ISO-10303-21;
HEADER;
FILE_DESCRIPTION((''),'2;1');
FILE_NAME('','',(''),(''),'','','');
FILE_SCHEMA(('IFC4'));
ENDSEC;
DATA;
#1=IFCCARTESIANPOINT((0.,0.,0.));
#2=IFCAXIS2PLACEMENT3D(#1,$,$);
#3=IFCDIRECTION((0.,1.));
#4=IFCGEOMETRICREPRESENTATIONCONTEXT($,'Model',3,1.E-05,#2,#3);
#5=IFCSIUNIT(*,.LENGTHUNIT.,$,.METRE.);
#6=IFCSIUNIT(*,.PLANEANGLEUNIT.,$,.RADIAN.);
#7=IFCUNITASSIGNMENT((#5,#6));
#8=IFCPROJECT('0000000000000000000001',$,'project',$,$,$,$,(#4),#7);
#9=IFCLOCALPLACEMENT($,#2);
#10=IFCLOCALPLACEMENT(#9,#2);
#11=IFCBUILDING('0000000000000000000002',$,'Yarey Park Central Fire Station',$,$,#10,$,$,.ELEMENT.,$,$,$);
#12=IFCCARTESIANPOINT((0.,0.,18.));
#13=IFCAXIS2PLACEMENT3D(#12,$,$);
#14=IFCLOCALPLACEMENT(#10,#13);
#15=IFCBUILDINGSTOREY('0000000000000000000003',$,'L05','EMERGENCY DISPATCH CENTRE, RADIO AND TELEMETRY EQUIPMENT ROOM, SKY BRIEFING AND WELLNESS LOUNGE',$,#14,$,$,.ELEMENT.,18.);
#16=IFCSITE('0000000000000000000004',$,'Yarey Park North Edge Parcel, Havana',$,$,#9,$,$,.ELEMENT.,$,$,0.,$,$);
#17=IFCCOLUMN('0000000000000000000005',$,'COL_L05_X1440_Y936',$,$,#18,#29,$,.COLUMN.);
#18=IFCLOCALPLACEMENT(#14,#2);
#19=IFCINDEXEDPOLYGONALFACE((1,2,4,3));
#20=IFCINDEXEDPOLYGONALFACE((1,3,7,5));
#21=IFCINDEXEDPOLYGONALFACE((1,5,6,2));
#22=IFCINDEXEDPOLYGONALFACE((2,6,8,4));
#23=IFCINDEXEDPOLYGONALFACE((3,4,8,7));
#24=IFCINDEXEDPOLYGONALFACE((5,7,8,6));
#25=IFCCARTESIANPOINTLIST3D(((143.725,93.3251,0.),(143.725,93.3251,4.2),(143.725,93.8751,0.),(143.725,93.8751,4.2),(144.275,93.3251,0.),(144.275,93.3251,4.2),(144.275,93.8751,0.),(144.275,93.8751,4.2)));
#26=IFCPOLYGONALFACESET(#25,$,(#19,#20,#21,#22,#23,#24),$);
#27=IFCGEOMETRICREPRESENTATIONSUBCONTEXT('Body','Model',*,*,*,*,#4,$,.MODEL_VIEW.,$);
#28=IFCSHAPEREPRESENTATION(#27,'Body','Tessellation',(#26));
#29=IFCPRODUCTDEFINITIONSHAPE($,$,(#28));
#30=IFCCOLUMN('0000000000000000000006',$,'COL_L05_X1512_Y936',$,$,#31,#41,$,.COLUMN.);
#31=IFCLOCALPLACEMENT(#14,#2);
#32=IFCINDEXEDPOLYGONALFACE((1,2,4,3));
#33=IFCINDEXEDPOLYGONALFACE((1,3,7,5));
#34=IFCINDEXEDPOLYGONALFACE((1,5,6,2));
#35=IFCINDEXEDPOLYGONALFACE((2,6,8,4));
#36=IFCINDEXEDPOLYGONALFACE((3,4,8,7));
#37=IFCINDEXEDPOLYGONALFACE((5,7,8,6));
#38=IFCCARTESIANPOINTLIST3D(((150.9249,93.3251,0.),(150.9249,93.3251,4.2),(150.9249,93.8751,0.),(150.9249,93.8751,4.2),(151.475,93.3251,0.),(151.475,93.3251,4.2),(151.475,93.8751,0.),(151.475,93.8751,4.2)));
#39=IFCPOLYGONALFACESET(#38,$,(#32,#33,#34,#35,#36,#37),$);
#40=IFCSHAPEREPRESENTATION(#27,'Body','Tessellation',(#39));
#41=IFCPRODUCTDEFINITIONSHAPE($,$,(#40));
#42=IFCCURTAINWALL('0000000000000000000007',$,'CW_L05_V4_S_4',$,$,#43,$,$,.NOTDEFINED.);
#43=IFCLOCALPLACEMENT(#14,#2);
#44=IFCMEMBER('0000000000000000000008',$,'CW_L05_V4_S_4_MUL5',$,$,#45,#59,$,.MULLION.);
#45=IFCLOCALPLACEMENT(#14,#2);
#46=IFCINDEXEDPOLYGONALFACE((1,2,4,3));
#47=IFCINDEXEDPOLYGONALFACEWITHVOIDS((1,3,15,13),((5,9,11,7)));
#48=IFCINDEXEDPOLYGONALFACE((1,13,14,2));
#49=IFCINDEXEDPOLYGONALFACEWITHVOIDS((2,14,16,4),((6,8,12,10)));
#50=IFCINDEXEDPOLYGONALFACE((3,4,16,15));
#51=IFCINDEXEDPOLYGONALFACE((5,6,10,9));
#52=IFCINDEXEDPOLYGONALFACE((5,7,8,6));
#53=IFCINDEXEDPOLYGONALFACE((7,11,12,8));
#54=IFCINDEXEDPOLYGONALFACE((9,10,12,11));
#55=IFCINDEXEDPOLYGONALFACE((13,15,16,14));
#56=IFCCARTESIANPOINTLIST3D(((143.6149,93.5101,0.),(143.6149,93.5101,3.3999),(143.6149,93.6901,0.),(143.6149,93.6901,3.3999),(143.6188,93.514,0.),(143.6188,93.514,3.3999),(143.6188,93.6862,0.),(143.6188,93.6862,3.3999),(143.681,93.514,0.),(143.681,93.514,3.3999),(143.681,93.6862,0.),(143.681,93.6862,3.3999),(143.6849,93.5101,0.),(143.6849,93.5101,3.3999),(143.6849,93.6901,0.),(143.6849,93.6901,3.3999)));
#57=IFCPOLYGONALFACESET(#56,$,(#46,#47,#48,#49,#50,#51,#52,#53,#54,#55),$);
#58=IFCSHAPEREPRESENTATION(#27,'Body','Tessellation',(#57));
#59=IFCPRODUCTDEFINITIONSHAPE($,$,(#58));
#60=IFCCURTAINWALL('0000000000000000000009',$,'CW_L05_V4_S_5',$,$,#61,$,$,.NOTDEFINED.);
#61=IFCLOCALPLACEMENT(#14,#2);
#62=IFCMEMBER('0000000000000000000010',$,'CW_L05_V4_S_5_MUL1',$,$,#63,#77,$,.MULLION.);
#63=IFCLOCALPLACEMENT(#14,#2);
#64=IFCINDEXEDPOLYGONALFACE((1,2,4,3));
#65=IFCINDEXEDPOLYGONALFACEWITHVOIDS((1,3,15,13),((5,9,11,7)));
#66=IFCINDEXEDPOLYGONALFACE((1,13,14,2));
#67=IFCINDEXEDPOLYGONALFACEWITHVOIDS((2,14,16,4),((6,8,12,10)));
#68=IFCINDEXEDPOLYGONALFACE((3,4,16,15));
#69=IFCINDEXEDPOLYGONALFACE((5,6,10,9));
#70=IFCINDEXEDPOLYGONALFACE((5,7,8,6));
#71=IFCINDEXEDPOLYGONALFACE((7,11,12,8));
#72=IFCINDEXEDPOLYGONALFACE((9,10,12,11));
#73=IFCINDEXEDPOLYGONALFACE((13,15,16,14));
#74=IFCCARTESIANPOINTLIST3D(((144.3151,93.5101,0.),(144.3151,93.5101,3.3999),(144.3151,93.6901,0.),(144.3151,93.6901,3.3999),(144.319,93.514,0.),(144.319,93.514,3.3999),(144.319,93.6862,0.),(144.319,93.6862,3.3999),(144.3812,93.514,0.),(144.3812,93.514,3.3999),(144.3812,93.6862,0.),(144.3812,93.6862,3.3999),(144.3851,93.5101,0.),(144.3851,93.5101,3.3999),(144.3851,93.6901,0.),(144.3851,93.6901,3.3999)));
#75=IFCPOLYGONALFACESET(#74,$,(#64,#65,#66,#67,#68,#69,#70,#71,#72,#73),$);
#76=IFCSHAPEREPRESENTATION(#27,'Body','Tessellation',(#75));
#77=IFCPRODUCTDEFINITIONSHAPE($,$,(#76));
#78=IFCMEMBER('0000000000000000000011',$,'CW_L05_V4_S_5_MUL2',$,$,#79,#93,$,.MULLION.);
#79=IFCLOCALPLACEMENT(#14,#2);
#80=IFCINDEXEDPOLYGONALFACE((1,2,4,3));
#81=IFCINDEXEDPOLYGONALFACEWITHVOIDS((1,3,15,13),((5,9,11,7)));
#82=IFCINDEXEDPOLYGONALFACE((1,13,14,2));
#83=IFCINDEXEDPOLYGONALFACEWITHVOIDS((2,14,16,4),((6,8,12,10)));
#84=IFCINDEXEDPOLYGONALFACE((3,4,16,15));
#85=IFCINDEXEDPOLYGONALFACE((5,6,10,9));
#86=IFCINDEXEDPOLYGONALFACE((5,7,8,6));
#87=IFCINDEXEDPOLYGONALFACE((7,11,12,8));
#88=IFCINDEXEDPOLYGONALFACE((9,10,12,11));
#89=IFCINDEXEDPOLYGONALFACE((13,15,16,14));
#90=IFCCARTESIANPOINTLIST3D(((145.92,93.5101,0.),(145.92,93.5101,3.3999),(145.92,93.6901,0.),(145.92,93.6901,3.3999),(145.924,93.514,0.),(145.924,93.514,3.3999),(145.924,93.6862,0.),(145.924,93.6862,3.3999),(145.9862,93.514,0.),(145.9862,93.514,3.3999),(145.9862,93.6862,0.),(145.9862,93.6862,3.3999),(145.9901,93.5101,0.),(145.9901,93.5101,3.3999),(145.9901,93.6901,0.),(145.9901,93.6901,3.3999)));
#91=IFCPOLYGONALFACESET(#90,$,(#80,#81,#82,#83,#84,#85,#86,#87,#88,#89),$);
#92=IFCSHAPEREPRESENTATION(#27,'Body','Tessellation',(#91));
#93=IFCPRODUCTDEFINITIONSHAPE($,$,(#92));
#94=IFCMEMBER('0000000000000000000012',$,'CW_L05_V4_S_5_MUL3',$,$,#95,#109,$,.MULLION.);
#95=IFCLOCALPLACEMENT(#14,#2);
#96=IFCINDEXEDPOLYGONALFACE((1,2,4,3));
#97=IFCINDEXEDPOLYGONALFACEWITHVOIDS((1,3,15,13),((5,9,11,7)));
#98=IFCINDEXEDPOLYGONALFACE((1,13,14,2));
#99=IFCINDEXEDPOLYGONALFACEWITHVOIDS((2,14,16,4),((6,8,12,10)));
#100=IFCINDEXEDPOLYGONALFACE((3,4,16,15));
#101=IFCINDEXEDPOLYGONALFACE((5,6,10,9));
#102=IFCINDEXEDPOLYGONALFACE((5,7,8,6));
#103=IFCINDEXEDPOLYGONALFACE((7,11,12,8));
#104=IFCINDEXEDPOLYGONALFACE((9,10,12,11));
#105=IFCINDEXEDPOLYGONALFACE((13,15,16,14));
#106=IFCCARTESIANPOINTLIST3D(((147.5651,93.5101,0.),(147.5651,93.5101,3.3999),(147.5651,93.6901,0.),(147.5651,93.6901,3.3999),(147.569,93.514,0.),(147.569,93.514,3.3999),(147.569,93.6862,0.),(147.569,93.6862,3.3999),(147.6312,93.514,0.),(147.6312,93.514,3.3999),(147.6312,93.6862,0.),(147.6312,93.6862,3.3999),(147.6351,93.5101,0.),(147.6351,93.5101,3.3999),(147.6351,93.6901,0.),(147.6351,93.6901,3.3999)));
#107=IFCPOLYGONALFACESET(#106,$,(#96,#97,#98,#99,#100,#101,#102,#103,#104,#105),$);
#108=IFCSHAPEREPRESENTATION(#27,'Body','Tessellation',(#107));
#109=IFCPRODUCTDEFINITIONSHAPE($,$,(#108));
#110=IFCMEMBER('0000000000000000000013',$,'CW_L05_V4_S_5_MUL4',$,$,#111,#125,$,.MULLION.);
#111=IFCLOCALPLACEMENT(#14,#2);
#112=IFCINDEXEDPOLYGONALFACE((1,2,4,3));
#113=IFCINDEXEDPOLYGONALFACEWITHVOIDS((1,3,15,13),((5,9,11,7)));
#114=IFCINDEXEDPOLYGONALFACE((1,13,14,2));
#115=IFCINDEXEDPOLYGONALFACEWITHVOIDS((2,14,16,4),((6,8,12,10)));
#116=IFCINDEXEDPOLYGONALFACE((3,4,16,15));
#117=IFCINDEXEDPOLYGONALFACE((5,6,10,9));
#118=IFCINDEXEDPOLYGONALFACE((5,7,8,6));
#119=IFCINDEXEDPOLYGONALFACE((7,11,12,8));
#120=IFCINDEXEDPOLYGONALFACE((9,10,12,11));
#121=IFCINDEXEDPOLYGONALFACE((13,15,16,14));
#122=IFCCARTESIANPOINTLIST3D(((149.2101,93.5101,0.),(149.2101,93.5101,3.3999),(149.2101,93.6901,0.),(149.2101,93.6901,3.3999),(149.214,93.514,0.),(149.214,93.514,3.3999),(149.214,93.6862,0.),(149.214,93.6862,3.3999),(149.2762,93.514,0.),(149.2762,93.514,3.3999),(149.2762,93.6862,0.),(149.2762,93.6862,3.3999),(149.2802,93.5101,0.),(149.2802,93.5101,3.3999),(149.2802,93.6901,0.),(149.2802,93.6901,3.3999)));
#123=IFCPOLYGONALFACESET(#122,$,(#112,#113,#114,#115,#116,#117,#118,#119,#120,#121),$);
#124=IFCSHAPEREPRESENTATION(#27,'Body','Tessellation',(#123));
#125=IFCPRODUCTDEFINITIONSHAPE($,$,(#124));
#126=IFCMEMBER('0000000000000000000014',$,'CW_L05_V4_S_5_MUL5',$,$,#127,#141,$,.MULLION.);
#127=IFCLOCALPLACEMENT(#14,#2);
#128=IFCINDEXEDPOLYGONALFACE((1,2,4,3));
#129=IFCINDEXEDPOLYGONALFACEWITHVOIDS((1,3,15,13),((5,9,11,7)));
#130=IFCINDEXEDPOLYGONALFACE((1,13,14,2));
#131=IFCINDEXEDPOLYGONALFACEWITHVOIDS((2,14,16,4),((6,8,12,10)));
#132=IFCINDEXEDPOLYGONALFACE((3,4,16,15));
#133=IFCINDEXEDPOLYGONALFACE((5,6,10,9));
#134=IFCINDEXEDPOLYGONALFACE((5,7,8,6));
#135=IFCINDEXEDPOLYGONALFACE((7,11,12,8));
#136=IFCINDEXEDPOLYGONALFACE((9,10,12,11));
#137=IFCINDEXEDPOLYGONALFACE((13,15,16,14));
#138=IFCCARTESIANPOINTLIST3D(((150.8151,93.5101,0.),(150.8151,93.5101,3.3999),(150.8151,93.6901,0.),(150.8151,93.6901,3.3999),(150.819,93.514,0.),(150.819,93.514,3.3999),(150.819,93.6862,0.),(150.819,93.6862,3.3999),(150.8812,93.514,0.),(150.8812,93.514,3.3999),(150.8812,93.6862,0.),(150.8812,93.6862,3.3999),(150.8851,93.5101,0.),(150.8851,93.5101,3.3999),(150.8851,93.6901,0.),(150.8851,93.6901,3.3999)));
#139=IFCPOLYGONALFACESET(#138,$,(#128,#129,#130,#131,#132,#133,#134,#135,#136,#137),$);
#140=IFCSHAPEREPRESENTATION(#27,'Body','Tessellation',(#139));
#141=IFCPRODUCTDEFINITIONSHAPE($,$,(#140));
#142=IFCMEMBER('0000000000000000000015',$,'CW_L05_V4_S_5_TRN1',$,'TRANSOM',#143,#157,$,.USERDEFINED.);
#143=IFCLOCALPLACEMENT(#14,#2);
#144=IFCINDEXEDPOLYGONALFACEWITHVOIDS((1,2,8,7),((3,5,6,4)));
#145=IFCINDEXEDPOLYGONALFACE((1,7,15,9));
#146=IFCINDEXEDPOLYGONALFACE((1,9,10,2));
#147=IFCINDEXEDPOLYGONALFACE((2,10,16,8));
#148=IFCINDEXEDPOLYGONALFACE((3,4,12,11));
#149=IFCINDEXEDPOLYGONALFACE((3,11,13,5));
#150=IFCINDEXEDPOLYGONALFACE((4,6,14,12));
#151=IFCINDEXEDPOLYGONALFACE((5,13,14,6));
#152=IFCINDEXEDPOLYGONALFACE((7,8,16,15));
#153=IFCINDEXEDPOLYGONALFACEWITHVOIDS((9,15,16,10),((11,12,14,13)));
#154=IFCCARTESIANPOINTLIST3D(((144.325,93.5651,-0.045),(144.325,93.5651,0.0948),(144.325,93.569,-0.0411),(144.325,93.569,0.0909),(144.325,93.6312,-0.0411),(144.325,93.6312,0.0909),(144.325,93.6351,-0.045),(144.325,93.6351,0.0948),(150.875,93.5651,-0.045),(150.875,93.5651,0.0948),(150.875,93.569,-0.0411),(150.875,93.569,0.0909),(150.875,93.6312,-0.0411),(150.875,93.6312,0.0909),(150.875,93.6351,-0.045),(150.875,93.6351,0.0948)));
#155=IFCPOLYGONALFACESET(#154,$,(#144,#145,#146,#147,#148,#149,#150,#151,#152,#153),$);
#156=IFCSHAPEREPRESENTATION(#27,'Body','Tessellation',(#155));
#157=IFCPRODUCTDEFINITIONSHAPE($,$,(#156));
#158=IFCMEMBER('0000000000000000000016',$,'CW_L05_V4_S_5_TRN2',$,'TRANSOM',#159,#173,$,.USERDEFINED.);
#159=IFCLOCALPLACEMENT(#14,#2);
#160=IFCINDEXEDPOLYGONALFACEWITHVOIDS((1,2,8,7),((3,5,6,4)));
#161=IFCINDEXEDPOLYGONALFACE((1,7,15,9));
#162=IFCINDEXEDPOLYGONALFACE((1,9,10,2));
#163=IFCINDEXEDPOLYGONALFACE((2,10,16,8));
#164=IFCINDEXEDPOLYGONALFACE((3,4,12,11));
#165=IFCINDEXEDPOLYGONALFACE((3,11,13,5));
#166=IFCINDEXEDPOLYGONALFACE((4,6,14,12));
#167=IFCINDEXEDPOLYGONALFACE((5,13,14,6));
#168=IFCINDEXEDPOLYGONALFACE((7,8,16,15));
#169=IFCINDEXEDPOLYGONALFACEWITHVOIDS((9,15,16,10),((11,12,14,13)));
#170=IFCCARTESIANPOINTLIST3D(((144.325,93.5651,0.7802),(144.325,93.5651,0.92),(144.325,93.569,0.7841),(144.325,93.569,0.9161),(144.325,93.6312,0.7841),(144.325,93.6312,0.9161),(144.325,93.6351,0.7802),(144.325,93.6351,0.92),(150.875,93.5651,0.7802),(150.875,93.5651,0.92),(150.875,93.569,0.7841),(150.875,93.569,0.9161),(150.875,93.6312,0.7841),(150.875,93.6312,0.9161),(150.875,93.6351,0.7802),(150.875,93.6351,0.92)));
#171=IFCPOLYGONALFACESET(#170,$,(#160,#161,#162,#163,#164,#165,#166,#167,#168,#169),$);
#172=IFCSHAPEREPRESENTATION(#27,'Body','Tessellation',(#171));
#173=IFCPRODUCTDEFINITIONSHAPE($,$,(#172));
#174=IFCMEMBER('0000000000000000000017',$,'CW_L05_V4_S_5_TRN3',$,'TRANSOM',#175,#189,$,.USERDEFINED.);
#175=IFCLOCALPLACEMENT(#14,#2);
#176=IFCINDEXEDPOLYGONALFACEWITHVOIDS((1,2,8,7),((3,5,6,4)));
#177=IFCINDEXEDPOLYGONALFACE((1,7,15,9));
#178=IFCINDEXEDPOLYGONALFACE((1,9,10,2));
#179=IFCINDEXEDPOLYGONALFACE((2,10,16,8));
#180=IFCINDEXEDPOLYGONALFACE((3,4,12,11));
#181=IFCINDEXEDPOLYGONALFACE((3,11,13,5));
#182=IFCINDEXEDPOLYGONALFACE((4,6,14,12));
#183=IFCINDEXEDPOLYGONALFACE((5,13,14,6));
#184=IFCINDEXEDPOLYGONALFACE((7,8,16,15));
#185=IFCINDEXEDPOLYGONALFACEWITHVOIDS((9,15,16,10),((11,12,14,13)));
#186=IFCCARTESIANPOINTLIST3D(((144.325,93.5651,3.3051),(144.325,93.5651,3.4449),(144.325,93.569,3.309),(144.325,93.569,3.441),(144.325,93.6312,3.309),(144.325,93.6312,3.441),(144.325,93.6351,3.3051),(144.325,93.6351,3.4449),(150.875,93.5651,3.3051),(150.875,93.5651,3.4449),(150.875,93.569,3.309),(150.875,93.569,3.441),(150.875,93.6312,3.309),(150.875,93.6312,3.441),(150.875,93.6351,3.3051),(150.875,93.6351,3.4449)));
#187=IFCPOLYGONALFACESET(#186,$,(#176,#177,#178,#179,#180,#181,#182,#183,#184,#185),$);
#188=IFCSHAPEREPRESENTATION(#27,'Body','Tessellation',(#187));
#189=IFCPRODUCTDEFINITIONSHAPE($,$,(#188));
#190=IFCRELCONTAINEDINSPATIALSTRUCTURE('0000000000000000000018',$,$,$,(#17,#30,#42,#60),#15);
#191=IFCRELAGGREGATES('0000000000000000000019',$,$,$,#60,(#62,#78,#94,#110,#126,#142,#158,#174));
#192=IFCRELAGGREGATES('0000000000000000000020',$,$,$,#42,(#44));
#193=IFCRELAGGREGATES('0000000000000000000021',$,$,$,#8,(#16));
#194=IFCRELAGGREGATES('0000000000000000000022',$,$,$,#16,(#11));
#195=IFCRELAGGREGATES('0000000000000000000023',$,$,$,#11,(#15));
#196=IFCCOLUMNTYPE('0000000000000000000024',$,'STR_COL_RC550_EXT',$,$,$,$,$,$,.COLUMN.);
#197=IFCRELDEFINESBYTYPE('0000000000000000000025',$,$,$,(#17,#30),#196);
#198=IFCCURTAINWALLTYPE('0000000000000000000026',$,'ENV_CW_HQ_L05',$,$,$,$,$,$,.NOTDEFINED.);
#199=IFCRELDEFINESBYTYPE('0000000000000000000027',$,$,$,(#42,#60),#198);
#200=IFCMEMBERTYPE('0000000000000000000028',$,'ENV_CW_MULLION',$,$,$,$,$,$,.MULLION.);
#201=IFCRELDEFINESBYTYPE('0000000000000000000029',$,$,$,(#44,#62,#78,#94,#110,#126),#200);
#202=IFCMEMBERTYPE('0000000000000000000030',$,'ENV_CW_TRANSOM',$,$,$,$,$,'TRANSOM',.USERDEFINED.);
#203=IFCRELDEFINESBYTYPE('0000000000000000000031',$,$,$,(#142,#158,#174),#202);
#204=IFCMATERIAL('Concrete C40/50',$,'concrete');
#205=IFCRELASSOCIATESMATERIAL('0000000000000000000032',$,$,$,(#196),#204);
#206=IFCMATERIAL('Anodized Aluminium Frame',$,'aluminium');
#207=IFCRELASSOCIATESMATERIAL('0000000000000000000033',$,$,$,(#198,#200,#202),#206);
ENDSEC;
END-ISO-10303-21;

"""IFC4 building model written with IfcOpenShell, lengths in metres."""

from ifc_helpers import new_model, si_unit, direction, frame, origin, origin_2d, place, context, subcontext, project, spatial, rectangle, hollow_rectangle, extrude, material, material_profile, profile_set, type_object, element, aggregate, save


model = new_model("IFC4")

# Units and contexts
model_context = context("Model", 3, precision=1e-05, world=origin(), true_north=direction((0.0, 1.0)))
body_context = subcontext(model_context, "Body", "Model", "MODEL_VIEW")
ifc_project = project(units=[si_unit("LENGTHUNIT", "METRE"), si_unit("PLANEANGLEUNIT", "RADIAN")], contexts=[model_context])

# Site, building, storey
site_placement = place(None, origin())
site = spatial("IfcSite", under=ifc_project, at=site_placement, Name="Yarey Park North Edge Parcel, Havana", CompositionType="ELEMENT", RefElevation=0.0)
building_placement = place(site_placement, origin())
building = spatial("IfcBuilding", under=site, at=building_placement, Name="Yarey Park Central Fire Station", CompositionType="ELEMENT")
storey_placement = place(building_placement, frame((0.0, 0.0, 18.0)))
storey = spatial("IfcBuildingStorey", under=building, at=storey_placement, Name="L05", Description="EMERGENCY DISPATCH CENTRE, RADIO AND TELEMETRY EQUIPMENT ROOM, SKY BRIEFING AND WELLNESS LOUNGE", CompositionType="ELEMENT", Elevation=18.0)

# Columns
ifc_material_1 = material(Name="Concrete C40/50", Category="concrete")
ifc_material_profile_1 = material_profile(ifc_material_1, rectangle(XDim=0.55, YDim=0.55, at=origin_2d()), Name="RC 550x550")
ifc_profile_set_1 = profile_set([ifc_material_profile_1], Name="Concrete C40/50")
column_type = type_object("IfcColumnType", Name="STR_COL_RC550_EXT", PredefinedType="COLUMN", material=ifc_profile_set_1)
for number, where, z_axis, x_axis, name in (
    (1, (144.0, 93.6001, 0.0), (0.0, 0.0, 1.0), (1.0, 0.0, 0.0), "COL_L05_X1440_Y936"),
    (2, (151.2, 93.6001, 0.0), (0.0, 0.0, 1.0), (1.0, 0.0, 0.0), "COL_L05_X1512_Y936"),
):
    element("IfcColumn", number, at=place(storey_placement, frame(where, z_axis=z_axis, x_axis=x_axis)), inside=storey, type_object=column_type, Name=name, PredefinedType="COLUMN", context=body_context, shape_type="SweptSolid", body=[
        extrude(rectangle(XDim=0.55, YDim=0.55, at=origin_2d()), origin(), (0.0, 0.0, 1.0), 4.2),
    ])

# Curtain wall, member
ifc_material_2 = material(Name="Anodized Aluminium Frame", Category="aluminium")
curtain_wall_type = type_object("IfcCurtainWallType", Name="ENV_CW_HQ_L05", PredefinedType="NOTDEFINED", material=ifc_material_2)
curtain_wall_1_placement = place(storey_placement, origin())
curtain_wall_1 = element("IfcCurtainWall", 3, at=curtain_wall_1_placement, inside=storey, type_object=curtain_wall_type, Name="CW_L05_V4_S_4", PredefinedType="NOTDEFINED")
ifc_material_profile_2 = material_profile(ifc_material_2, hollow_rectangle(XDim=0.0701, YDim=0.1799, WallThickness=0.0039, at=origin_2d()), Name="ALU 180x70x4")
ifc_profile_set_2 = profile_set([ifc_material_profile_2], Name="Anodized Aluminium Frame")
member_type_1 = type_object("IfcMemberType", Name="ENV_CW_MULLION", PredefinedType="MULLION", material=ifc_profile_set_2)
member_1_placement = place(storey_placement, frame((143.6499, 93.6001, 0.0), z_axis=(0.0, 0.0, 1.0), x_axis=(1.0, 0.0, 0.0)))
member_1 = element("IfcMember", 4, at=member_1_placement, type_object=member_type_1, Name="CW_L05_V4_S_4_MUL5", PredefinedType="MULLION", context=body_context, shape_type="SweptSolid", body=[
    extrude(hollow_rectangle(XDim=0.0701, YDim=0.1799, WallThickness=0.0039, at=origin_2d()), origin(), (0.0, 0.0, 1.0), 3.3999),
])

# Curtain wall, members
curtain_wall_2_placement = place(storey_placement, origin())
curtain_wall_2 = element("IfcCurtainWall", 5, at=curtain_wall_2_placement, inside=storey, type_object=curtain_wall_type, Name="CW_L05_V4_S_5", PredefinedType="NOTDEFINED")
member_2_placement = place(storey_placement, frame((144.3501, 93.6001, 0.0), z_axis=(0.0, 0.0, 1.0), x_axis=(1.0, 0.0, 0.0)))
member_2 = element("IfcMember", 6, at=member_2_placement, type_object=member_type_1, Name="CW_L05_V4_S_5_MUL1", PredefinedType="MULLION", context=body_context, shape_type="SweptSolid", body=[
    extrude(hollow_rectangle(XDim=0.0701, YDim=0.1799, WallThickness=0.0039, at=origin_2d()), origin(), (0.0, 0.0, 1.0), 3.3999),
])
member_3_placement = place(storey_placement, frame((145.9551, 93.6001, 0.0), z_axis=(0.0, 0.0, 1.0), x_axis=(1.0, 0.0, 0.0)))
member_3 = element("IfcMember", 7, at=member_3_placement, type_object=member_type_1, Name="CW_L05_V4_S_5_MUL2", PredefinedType="MULLION", context=body_context, shape_type="SweptSolid", body=[
    extrude(hollow_rectangle(XDim=0.0701, YDim=0.1799, WallThickness=0.0039, at=origin_2d()), origin(), (0.0, 0.0, 1.0), 3.3999),
])
member_4_placement = place(storey_placement, frame((147.6001, 93.6001, 0.0), z_axis=(0.0, 0.0, 1.0), x_axis=(1.0, 0.0, 0.0)))
member_4 = element("IfcMember", 8, at=member_4_placement, type_object=member_type_1, Name="CW_L05_V4_S_5_MUL3", PredefinedType="MULLION", context=body_context, shape_type="SweptSolid", body=[
    extrude(hollow_rectangle(XDim=0.0701, YDim=0.1799, WallThickness=0.0039, at=origin_2d()), origin(), (0.0, 0.0, 1.0), 3.3999),
])
member_5_placement = place(storey_placement, frame((149.2451, 93.6001, 0.0), z_axis=(0.0, 0.0, 1.0), x_axis=(1.0, 0.0, 0.0)))
member_5 = element("IfcMember", 9, at=member_5_placement, type_object=member_type_1, Name="CW_L05_V4_S_5_MUL4", PredefinedType="MULLION", context=body_context, shape_type="SweptSolid", body=[
    extrude(hollow_rectangle(XDim=0.0701, YDim=0.1799, WallThickness=0.0039, at=origin_2d()), origin(), (0.0, 0.0, 1.0), 3.3999),
])
member_6_placement = place(storey_placement, frame((150.8501, 93.6001, 0.0), z_axis=(0.0, 0.0, 1.0), x_axis=(1.0, 0.0, 0.0)))
member_6 = element("IfcMember", 10, at=member_6_placement, type_object=member_type_1, Name="CW_L05_V4_S_5_MUL5", PredefinedType="MULLION", context=body_context, shape_type="SweptSolid", body=[
    extrude(hollow_rectangle(XDim=0.0701, YDim=0.1799, WallThickness=0.0039, at=origin_2d()), origin(), (0.0, 0.0, 1.0), 3.3999),
])
ifc_material_profile_3 = material_profile(ifc_material_2, hollow_rectangle(XDim=0.0701, YDim=0.1399, WallThickness=0.0039, at=origin_2d()), Name="ALU 140x70x4")
ifc_profile_set_3 = profile_set([ifc_material_profile_3], Name="Anodized Aluminium Frame")
member_type_2 = type_object("IfcMemberType", Name="ENV_CW_TRANSOM", ElementType="TRANSOM", PredefinedType="USERDEFINED", material=ifc_profile_set_3)
member_7_placement = place(storey_placement, frame((144.325, 93.6001, 0.0249), z_axis=(1.0, 0.0, 0.0), x_axis=(0.0, 1.0, 0.0)))
member_7 = element("IfcMember", 11, at=member_7_placement, type_object=member_type_2, Name="CW_L05_V4_S_5_TRN1", ObjectType="TRANSOM", PredefinedType="USERDEFINED", context=body_context, shape_type="SweptSolid", body=[
    extrude(hollow_rectangle(XDim=0.0701, YDim=0.1399, WallThickness=0.0039, at=origin_2d()), origin(), (0.0, 0.0, 1.0), 6.55),
])
member_8_placement = place(storey_placement, frame((144.325, 93.6001, 0.8501), z_axis=(1.0, 0.0, 0.0), x_axis=(0.0, 1.0, 0.0)))
member_8 = element("IfcMember", 12, at=member_8_placement, type_object=member_type_2, Name="CW_L05_V4_S_5_TRN2", ObjectType="TRANSOM", PredefinedType="USERDEFINED", context=body_context, shape_type="SweptSolid", body=[
    extrude(hollow_rectangle(XDim=0.0701, YDim=0.1399, WallThickness=0.0039, at=origin_2d()), origin(), (0.0, 0.0, 1.0), 6.55),
])
member_9_placement = place(storey_placement, frame((144.325, 93.6001, 3.375), z_axis=(1.0, 0.0, 0.0), x_axis=(0.0, 1.0, 0.0)))
member_9 = element("IfcMember", 13, at=member_9_placement, type_object=member_type_2, Name="CW_L05_V4_S_5_TRN3", ObjectType="TRANSOM", PredefinedType="USERDEFINED", context=body_context, shape_type="SweptSolid", body=[
    extrude(hollow_rectangle(XDim=0.0701, YDim=0.1399, WallThickness=0.0039, at=origin_2d()), origin(), (0.0, 0.0, 1.0), 6.55),
])

aggregate(curtain_wall_2, [member_2, member_3, member_4, member_5, member_6, member_7, member_8, member_9])
aggregate(curtain_wall_1, [member_1])

save(model, "model.ifc")
